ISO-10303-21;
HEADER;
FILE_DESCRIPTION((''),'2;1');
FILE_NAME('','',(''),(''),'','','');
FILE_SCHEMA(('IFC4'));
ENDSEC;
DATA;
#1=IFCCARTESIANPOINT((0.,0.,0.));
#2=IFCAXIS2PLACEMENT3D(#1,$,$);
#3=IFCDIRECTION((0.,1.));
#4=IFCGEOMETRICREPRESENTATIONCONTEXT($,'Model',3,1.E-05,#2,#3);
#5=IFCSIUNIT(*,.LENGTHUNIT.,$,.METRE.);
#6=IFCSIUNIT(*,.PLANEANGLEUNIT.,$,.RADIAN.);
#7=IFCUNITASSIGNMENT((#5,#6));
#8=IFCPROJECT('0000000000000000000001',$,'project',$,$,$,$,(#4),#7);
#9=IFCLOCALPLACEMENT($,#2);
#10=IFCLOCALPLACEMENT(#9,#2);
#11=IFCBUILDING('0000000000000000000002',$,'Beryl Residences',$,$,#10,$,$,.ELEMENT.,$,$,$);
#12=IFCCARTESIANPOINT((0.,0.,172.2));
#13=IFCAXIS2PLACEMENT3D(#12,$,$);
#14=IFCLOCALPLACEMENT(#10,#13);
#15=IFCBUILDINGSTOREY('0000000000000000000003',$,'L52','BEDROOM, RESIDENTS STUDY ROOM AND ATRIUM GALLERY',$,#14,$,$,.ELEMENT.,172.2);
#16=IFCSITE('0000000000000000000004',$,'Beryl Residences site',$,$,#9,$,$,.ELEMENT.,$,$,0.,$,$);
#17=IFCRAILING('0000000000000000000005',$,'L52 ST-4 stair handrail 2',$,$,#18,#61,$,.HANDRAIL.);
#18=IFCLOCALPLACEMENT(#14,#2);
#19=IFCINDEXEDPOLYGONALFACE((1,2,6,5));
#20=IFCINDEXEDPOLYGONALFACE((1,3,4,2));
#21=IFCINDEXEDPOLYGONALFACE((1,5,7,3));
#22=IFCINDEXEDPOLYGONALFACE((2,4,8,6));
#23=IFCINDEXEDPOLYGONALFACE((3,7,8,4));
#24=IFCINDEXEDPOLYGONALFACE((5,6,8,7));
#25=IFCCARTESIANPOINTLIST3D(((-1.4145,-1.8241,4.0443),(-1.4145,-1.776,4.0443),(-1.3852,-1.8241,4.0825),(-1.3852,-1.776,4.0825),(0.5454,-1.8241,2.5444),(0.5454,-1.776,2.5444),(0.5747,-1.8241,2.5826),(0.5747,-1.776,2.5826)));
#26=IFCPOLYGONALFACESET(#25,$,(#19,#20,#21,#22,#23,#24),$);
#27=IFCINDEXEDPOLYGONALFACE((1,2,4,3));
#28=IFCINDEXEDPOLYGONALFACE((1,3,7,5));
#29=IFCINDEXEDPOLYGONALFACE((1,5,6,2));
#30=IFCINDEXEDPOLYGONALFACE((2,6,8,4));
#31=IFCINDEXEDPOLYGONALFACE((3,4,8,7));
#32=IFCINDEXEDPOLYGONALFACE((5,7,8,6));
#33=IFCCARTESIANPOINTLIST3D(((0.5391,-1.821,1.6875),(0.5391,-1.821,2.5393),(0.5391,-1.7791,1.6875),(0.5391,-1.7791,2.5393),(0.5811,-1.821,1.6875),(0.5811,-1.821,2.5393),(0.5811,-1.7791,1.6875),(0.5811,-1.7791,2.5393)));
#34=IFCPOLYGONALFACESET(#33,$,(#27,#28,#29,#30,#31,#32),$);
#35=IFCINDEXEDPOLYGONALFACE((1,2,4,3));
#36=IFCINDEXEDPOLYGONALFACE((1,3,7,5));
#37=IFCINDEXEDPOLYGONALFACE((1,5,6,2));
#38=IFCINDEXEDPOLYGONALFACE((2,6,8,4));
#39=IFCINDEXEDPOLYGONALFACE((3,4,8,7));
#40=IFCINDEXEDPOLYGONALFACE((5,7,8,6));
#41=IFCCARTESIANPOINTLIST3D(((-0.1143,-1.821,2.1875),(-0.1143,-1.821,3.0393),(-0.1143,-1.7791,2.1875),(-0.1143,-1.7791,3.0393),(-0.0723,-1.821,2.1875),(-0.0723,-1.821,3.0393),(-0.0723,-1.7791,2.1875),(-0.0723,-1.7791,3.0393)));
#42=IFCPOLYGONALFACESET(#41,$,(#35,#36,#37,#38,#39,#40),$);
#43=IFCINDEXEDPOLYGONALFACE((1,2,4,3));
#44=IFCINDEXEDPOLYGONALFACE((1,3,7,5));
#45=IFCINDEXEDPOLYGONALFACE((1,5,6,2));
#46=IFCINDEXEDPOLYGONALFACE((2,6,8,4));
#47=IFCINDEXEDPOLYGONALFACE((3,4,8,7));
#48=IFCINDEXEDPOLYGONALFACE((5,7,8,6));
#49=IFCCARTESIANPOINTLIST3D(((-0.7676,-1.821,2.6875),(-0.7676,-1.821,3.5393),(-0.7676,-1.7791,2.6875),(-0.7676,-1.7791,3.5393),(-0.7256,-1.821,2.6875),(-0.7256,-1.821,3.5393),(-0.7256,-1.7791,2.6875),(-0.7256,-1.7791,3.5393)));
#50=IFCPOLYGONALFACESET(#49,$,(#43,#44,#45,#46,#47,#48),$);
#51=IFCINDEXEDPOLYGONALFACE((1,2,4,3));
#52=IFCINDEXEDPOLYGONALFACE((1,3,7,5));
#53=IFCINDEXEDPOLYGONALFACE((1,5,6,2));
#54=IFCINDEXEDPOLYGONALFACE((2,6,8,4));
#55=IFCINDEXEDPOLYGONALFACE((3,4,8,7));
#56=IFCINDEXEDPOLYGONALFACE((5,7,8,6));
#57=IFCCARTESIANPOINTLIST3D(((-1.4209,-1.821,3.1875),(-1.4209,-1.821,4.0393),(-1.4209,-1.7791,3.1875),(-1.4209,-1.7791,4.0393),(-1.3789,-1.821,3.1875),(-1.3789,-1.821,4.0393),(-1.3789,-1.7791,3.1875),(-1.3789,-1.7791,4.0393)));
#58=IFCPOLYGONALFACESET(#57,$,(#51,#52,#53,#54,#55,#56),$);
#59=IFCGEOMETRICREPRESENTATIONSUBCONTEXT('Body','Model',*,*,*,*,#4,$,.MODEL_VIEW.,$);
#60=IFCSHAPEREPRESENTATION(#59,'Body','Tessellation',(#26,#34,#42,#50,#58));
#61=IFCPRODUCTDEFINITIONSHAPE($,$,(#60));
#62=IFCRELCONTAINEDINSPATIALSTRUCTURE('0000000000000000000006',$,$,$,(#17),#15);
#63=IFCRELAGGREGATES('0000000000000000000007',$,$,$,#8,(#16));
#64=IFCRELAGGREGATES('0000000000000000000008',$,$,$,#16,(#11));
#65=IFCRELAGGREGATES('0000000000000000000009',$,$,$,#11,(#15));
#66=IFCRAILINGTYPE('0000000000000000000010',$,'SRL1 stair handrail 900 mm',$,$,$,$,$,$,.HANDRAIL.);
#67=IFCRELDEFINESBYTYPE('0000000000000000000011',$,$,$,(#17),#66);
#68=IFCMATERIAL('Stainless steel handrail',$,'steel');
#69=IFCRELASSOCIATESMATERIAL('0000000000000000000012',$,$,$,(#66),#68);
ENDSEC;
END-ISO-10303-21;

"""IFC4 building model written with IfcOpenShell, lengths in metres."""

from ifc_helpers import new_model, si_unit, direction, frame, origin, origin_2d, place, context, subcontext, project, spatial, rectangle, extrude, material, type_object, element, save


model = new_model("IFC4")

# Units and contexts
model_context = context("Model", 3, precision=1e-05, world=origin(), true_north=direction((0.0, 1.0)))
body_context = subcontext(model_context, "Body", "Model", "MODEL_VIEW")
ifc_project = project(units=[si_unit("LENGTHUNIT", "METRE"), si_unit("PLANEANGLEUNIT", "RADIAN")], contexts=[model_context])

# Site, building, storey
site_placement = place(None, origin())
site = spatial("IfcSite", under=ifc_project, at=site_placement, Name="Beryl Residences site", CompositionType="ELEMENT", RefElevation=0.0)
building_placement = place(site_placement, origin())
building = spatial("IfcBuilding", under=site, at=building_placement, Name="Beryl Residences", CompositionType="ELEMENT")
storey_placement = place(building_placement, frame((0.0, 0.0, 172.2)))
storey = spatial("IfcBuildingStorey", under=building, at=storey_placement, Name="L52", Description="BEDROOM, RESIDENTS STUDY ROOM AND ATRIUM GALLERY", CompositionType="ELEMENT", Elevation=172.2)

# Railing
ifc_material_1 = material(Name="Stainless steel handrail", Category="steel")
railing_type_1 = type_object("IfcRailingType", Name="SRL1 stair handrail 900 mm", PredefinedType="HANDRAIL", material=ifc_material_1)
railing_1_placement = place(storey_placement, frame((0.5601, -1.8, 1.6875)))
element("IfcRailing", 1, at=railing_1_placement, inside=storey, type_object=railing_type_1, Name="L52 ST-4 stair handrail 2", PredefinedType="HANDRAIL", context=body_context, shape_type="SweptSolid", body=[
    extrude(rectangle(XDim=0.0481, YDim=0.0481, at=origin_2d()), frame((0.0, 0.0, 0.876), z_axis=(-0.794122, 0.0, 0.607758), x_axis=(0.0, -1.0, 0.0)), (0.0, 0.0, 1.0), 2.468),
    extrude(rectangle(XDim=0.042, YDim=0.042, at=origin_2d()), origin(), (0.0, 0.0, 1.0), 0.8518),
    extrude(rectangle(XDim=0.042, YDim=0.042, at=origin_2d()), frame((-0.6533, 0.0, 0.5)), (0.0, 0.0, 1.0), 0.8518),
    extrude(rectangle(XDim=0.042, YDim=0.042, at=origin_2d()), frame((-1.3066, 0.0, 1.0)), (0.0, 0.0, 1.0), 0.8518),
    extrude(rectangle(XDim=0.042, YDim=0.042, at=origin_2d()), frame((-1.96, 0.0, 1.5)), (0.0, 0.0, 1.0), 0.8518),
])

save(model, "model.ifc")
